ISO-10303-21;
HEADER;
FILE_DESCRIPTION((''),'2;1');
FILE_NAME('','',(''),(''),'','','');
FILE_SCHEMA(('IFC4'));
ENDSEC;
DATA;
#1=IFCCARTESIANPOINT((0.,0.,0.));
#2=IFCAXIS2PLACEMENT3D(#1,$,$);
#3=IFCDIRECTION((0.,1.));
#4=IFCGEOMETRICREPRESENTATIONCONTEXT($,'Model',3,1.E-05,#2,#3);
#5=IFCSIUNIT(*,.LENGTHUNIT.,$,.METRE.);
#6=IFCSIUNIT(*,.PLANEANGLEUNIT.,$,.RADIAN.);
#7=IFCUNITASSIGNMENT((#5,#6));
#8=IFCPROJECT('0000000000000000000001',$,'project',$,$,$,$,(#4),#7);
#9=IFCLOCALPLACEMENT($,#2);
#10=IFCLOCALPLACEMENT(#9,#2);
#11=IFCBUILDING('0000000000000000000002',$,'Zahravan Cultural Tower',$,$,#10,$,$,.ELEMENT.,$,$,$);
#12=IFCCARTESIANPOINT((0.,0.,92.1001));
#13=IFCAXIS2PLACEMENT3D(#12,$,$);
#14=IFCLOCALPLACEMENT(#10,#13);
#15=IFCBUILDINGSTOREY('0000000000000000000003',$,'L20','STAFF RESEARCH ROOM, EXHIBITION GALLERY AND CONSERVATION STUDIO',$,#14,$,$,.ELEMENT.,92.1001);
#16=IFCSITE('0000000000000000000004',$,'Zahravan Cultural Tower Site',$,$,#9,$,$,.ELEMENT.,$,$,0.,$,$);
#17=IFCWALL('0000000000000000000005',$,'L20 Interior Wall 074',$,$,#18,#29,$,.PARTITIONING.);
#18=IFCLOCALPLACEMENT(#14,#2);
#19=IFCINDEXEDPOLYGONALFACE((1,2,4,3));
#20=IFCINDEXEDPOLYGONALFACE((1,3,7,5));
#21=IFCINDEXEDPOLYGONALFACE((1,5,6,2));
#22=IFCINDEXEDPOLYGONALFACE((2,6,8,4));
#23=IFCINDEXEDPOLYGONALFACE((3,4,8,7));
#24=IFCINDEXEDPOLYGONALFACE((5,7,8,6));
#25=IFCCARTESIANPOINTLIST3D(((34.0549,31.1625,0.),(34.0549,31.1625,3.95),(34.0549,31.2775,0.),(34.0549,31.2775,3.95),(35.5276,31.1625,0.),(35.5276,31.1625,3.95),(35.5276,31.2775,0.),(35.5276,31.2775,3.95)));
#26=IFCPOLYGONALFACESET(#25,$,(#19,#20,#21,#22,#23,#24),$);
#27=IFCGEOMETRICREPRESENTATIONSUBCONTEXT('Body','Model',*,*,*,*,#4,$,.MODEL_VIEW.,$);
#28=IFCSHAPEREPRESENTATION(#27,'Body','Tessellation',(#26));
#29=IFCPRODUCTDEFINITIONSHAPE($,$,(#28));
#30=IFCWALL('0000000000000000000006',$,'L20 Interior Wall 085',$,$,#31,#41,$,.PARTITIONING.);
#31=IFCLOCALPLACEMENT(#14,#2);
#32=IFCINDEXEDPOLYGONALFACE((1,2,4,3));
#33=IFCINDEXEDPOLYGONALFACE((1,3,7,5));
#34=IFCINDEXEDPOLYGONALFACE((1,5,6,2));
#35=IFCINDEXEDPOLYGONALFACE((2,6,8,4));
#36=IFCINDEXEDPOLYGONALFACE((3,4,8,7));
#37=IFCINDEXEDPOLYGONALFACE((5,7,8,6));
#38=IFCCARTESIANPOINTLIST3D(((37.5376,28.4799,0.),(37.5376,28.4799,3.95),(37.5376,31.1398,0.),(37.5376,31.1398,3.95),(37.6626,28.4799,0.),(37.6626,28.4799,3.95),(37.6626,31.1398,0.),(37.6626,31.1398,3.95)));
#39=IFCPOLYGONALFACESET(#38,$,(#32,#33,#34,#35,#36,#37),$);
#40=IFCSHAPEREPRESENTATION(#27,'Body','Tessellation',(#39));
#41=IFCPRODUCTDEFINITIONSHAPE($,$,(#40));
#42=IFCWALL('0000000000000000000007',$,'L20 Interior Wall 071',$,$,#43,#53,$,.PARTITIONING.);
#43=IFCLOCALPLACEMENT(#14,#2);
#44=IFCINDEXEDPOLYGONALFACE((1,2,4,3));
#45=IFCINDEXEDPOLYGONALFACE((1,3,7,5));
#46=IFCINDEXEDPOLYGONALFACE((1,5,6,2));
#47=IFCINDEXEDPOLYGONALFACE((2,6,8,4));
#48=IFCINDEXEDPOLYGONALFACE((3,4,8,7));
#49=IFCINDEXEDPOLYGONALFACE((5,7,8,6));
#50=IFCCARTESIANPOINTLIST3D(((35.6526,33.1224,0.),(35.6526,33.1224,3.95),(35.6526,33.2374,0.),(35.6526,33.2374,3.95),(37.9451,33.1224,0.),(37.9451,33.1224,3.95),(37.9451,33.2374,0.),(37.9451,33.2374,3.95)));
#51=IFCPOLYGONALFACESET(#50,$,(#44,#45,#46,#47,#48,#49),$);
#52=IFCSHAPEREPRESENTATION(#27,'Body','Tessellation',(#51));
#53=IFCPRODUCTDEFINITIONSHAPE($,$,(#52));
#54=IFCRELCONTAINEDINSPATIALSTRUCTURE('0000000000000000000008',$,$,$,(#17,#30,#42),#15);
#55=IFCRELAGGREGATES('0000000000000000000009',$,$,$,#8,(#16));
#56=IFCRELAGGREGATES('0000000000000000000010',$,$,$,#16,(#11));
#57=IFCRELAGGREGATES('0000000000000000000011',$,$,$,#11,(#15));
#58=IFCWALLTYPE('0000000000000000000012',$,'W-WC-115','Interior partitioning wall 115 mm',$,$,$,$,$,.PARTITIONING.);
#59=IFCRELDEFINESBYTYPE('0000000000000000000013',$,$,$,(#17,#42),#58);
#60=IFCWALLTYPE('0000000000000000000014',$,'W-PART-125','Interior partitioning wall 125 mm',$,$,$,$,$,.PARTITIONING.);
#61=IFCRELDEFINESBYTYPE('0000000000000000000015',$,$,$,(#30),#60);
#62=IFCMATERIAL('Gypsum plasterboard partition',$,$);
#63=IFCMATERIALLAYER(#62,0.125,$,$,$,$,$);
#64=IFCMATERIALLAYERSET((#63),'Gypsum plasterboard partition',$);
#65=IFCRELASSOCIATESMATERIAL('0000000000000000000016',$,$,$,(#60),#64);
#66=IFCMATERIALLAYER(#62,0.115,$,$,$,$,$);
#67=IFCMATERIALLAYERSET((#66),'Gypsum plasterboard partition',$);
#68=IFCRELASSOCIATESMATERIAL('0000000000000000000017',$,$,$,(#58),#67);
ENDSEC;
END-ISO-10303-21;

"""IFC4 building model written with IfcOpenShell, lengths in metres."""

from ifc_helpers import new_model, si_unit, direction, frame, frame_2d, origin, place, context, subcontext, project, spatial, rectangle, extrude, source, transform, mapped, material, layer, layer_set, type_object, element, save


model = new_model("IFC4")

# Units and contexts
model_context = context("Model", 3, precision=1e-05, world=origin(), true_north=direction((0.0, 1.0)))
body_context = subcontext(model_context, "Body", "Model", "MODEL_VIEW")
ifc_project = project(units=[si_unit("LENGTHUNIT", "METRE"), si_unit("PLANEANGLEUNIT", "RADIAN")], contexts=[model_context])

# Site, building, storey
site_placement = place(None, origin())
site = spatial("IfcSite", under=ifc_project, at=site_placement, Name="Zahravan Cultural Tower Site", CompositionType="ELEMENT", RefElevation=0.0)
building_placement = place(site_placement, origin())
building = spatial("IfcBuilding", under=site, at=building_placement, Name="Zahravan Cultural Tower", CompositionType="ELEMENT")
storey_placement = place(building_placement, frame((0.0, 0.0, 92.1001)))
storey = spatial("IfcBuildingStorey", under=building, at=storey_placement, Name="L20", Description="STAFF RESEARCH ROOM, EXHIBITION GALLERY AND CONSERVATION STUDIO", CompositionType="ELEMENT", Elevation=92.1001)

# Shared definitions
ifc_material_1 = material(Name="Gypsum plasterboard partition")
ifc_layer_1 = layer(ifc_material_1, 0.125)
ifc_layer_set_1 = layer_set([ifc_layer_1], Name="Gypsum plasterboard partition")
wall_type_1 = type_object("IfcWallType", Name="W-PART-125", Description="Interior partitioning wall 125 mm", PredefinedType="PARTITIONING", material=ifc_layer_set_1)
ifc_layer_2 = layer(ifc_material_1, 0.115)
ifc_layer_set_2 = layer_set([ifc_layer_2], Name="Gypsum plasterboard partition")
wall_type_2 = type_object("IfcWallType", Name="W-WC-115", Description="Interior partitioning wall 115 mm", PredefinedType="PARTITIONING", material=ifc_layer_set_2)

# Walls
shared_shape_1 = source(origin(), body_context, "Body", "SweptSolid", [
    extrude(rectangle(XDim=1.4727, YDim=0.115, at=frame_2d((0.7363, 0.0))), origin(), (0.0, 0.0, 1.0), 3.95),
])
wall_1_placement = place(storey_placement, frame((35.5276, 31.22, 0.0), z_axis=(0.0, 0.0, 1.0), x_axis=(-1.0, 0.0, 0.0)))
element("IfcWall", 1, at=wall_1_placement, inside=storey, type_object=wall_type_2, Name="L20 Interior Wall 074", PredefinedType="PARTITIONING", context=body_context, shape_type="MappedRepresentation", body=[
    mapped(shared_shape_1, transform((0.0, 0.0, 0.0), x_axis=(1.0, 0.0, 0.0), y_axis=(0.0, 1.0, 0.0), z_axis=(0.0, 0.0, 1.0), scale=1.0)),
])
shared_shape_2 = source(origin(), body_context, "Body", "SweptSolid", [
    extrude(rectangle(XDim=2.6599, YDim=0.125, at=frame_2d((1.3301, 0.0))), origin(), (0.0, 0.0, 1.0), 3.95),
])
wall_2_placement = place(storey_placement, frame((37.6001, 31.1399, 0.0), z_axis=(0.0, 0.0, 1.0), x_axis=(0.0, -1.0, 0.0)))
element("IfcWall", 2, at=wall_2_placement, inside=storey, type_object=wall_type_1, Name="L20 Interior Wall 085", PredefinedType="PARTITIONING", context=body_context, shape_type="MappedRepresentation", body=[
    mapped(shared_shape_2, transform((0.0, 0.0, 0.0), x_axis=(1.0, 0.0, 0.0), y_axis=(0.0, 1.0, 0.0), z_axis=(0.0, 0.0, 1.0), scale=1.0)),
])
shared_shape_3 = source(origin(), body_context, "Body", "SweptSolid", [
    extrude(rectangle(XDim=2.2925, YDim=0.115, at=frame_2d((1.1462, 0.0))), origin(), (0.0, 0.0, 1.0), 3.95),
])
wall_3_placement = place(storey_placement, frame((35.6526, 33.1799, 0.0), z_axis=(0.0, 0.0, 1.0), x_axis=(1.0, 0.0, 0.0)))
element("IfcWall", 3, at=wall_3_placement, inside=storey, type_object=wall_type_2, Name="L20 Interior Wall 071", PredefinedType="PARTITIONING", context=body_context, shape_type="MappedRepresentation", body=[
    mapped(shared_shape_3, transform((0.0, 0.0, 0.0), x_axis=(1.0, 0.0, 0.0), y_axis=(0.0, 1.0, 0.0), z_axis=(0.0, 0.0, 1.0), scale=1.0)),
])

save(model, "model.ifc")
